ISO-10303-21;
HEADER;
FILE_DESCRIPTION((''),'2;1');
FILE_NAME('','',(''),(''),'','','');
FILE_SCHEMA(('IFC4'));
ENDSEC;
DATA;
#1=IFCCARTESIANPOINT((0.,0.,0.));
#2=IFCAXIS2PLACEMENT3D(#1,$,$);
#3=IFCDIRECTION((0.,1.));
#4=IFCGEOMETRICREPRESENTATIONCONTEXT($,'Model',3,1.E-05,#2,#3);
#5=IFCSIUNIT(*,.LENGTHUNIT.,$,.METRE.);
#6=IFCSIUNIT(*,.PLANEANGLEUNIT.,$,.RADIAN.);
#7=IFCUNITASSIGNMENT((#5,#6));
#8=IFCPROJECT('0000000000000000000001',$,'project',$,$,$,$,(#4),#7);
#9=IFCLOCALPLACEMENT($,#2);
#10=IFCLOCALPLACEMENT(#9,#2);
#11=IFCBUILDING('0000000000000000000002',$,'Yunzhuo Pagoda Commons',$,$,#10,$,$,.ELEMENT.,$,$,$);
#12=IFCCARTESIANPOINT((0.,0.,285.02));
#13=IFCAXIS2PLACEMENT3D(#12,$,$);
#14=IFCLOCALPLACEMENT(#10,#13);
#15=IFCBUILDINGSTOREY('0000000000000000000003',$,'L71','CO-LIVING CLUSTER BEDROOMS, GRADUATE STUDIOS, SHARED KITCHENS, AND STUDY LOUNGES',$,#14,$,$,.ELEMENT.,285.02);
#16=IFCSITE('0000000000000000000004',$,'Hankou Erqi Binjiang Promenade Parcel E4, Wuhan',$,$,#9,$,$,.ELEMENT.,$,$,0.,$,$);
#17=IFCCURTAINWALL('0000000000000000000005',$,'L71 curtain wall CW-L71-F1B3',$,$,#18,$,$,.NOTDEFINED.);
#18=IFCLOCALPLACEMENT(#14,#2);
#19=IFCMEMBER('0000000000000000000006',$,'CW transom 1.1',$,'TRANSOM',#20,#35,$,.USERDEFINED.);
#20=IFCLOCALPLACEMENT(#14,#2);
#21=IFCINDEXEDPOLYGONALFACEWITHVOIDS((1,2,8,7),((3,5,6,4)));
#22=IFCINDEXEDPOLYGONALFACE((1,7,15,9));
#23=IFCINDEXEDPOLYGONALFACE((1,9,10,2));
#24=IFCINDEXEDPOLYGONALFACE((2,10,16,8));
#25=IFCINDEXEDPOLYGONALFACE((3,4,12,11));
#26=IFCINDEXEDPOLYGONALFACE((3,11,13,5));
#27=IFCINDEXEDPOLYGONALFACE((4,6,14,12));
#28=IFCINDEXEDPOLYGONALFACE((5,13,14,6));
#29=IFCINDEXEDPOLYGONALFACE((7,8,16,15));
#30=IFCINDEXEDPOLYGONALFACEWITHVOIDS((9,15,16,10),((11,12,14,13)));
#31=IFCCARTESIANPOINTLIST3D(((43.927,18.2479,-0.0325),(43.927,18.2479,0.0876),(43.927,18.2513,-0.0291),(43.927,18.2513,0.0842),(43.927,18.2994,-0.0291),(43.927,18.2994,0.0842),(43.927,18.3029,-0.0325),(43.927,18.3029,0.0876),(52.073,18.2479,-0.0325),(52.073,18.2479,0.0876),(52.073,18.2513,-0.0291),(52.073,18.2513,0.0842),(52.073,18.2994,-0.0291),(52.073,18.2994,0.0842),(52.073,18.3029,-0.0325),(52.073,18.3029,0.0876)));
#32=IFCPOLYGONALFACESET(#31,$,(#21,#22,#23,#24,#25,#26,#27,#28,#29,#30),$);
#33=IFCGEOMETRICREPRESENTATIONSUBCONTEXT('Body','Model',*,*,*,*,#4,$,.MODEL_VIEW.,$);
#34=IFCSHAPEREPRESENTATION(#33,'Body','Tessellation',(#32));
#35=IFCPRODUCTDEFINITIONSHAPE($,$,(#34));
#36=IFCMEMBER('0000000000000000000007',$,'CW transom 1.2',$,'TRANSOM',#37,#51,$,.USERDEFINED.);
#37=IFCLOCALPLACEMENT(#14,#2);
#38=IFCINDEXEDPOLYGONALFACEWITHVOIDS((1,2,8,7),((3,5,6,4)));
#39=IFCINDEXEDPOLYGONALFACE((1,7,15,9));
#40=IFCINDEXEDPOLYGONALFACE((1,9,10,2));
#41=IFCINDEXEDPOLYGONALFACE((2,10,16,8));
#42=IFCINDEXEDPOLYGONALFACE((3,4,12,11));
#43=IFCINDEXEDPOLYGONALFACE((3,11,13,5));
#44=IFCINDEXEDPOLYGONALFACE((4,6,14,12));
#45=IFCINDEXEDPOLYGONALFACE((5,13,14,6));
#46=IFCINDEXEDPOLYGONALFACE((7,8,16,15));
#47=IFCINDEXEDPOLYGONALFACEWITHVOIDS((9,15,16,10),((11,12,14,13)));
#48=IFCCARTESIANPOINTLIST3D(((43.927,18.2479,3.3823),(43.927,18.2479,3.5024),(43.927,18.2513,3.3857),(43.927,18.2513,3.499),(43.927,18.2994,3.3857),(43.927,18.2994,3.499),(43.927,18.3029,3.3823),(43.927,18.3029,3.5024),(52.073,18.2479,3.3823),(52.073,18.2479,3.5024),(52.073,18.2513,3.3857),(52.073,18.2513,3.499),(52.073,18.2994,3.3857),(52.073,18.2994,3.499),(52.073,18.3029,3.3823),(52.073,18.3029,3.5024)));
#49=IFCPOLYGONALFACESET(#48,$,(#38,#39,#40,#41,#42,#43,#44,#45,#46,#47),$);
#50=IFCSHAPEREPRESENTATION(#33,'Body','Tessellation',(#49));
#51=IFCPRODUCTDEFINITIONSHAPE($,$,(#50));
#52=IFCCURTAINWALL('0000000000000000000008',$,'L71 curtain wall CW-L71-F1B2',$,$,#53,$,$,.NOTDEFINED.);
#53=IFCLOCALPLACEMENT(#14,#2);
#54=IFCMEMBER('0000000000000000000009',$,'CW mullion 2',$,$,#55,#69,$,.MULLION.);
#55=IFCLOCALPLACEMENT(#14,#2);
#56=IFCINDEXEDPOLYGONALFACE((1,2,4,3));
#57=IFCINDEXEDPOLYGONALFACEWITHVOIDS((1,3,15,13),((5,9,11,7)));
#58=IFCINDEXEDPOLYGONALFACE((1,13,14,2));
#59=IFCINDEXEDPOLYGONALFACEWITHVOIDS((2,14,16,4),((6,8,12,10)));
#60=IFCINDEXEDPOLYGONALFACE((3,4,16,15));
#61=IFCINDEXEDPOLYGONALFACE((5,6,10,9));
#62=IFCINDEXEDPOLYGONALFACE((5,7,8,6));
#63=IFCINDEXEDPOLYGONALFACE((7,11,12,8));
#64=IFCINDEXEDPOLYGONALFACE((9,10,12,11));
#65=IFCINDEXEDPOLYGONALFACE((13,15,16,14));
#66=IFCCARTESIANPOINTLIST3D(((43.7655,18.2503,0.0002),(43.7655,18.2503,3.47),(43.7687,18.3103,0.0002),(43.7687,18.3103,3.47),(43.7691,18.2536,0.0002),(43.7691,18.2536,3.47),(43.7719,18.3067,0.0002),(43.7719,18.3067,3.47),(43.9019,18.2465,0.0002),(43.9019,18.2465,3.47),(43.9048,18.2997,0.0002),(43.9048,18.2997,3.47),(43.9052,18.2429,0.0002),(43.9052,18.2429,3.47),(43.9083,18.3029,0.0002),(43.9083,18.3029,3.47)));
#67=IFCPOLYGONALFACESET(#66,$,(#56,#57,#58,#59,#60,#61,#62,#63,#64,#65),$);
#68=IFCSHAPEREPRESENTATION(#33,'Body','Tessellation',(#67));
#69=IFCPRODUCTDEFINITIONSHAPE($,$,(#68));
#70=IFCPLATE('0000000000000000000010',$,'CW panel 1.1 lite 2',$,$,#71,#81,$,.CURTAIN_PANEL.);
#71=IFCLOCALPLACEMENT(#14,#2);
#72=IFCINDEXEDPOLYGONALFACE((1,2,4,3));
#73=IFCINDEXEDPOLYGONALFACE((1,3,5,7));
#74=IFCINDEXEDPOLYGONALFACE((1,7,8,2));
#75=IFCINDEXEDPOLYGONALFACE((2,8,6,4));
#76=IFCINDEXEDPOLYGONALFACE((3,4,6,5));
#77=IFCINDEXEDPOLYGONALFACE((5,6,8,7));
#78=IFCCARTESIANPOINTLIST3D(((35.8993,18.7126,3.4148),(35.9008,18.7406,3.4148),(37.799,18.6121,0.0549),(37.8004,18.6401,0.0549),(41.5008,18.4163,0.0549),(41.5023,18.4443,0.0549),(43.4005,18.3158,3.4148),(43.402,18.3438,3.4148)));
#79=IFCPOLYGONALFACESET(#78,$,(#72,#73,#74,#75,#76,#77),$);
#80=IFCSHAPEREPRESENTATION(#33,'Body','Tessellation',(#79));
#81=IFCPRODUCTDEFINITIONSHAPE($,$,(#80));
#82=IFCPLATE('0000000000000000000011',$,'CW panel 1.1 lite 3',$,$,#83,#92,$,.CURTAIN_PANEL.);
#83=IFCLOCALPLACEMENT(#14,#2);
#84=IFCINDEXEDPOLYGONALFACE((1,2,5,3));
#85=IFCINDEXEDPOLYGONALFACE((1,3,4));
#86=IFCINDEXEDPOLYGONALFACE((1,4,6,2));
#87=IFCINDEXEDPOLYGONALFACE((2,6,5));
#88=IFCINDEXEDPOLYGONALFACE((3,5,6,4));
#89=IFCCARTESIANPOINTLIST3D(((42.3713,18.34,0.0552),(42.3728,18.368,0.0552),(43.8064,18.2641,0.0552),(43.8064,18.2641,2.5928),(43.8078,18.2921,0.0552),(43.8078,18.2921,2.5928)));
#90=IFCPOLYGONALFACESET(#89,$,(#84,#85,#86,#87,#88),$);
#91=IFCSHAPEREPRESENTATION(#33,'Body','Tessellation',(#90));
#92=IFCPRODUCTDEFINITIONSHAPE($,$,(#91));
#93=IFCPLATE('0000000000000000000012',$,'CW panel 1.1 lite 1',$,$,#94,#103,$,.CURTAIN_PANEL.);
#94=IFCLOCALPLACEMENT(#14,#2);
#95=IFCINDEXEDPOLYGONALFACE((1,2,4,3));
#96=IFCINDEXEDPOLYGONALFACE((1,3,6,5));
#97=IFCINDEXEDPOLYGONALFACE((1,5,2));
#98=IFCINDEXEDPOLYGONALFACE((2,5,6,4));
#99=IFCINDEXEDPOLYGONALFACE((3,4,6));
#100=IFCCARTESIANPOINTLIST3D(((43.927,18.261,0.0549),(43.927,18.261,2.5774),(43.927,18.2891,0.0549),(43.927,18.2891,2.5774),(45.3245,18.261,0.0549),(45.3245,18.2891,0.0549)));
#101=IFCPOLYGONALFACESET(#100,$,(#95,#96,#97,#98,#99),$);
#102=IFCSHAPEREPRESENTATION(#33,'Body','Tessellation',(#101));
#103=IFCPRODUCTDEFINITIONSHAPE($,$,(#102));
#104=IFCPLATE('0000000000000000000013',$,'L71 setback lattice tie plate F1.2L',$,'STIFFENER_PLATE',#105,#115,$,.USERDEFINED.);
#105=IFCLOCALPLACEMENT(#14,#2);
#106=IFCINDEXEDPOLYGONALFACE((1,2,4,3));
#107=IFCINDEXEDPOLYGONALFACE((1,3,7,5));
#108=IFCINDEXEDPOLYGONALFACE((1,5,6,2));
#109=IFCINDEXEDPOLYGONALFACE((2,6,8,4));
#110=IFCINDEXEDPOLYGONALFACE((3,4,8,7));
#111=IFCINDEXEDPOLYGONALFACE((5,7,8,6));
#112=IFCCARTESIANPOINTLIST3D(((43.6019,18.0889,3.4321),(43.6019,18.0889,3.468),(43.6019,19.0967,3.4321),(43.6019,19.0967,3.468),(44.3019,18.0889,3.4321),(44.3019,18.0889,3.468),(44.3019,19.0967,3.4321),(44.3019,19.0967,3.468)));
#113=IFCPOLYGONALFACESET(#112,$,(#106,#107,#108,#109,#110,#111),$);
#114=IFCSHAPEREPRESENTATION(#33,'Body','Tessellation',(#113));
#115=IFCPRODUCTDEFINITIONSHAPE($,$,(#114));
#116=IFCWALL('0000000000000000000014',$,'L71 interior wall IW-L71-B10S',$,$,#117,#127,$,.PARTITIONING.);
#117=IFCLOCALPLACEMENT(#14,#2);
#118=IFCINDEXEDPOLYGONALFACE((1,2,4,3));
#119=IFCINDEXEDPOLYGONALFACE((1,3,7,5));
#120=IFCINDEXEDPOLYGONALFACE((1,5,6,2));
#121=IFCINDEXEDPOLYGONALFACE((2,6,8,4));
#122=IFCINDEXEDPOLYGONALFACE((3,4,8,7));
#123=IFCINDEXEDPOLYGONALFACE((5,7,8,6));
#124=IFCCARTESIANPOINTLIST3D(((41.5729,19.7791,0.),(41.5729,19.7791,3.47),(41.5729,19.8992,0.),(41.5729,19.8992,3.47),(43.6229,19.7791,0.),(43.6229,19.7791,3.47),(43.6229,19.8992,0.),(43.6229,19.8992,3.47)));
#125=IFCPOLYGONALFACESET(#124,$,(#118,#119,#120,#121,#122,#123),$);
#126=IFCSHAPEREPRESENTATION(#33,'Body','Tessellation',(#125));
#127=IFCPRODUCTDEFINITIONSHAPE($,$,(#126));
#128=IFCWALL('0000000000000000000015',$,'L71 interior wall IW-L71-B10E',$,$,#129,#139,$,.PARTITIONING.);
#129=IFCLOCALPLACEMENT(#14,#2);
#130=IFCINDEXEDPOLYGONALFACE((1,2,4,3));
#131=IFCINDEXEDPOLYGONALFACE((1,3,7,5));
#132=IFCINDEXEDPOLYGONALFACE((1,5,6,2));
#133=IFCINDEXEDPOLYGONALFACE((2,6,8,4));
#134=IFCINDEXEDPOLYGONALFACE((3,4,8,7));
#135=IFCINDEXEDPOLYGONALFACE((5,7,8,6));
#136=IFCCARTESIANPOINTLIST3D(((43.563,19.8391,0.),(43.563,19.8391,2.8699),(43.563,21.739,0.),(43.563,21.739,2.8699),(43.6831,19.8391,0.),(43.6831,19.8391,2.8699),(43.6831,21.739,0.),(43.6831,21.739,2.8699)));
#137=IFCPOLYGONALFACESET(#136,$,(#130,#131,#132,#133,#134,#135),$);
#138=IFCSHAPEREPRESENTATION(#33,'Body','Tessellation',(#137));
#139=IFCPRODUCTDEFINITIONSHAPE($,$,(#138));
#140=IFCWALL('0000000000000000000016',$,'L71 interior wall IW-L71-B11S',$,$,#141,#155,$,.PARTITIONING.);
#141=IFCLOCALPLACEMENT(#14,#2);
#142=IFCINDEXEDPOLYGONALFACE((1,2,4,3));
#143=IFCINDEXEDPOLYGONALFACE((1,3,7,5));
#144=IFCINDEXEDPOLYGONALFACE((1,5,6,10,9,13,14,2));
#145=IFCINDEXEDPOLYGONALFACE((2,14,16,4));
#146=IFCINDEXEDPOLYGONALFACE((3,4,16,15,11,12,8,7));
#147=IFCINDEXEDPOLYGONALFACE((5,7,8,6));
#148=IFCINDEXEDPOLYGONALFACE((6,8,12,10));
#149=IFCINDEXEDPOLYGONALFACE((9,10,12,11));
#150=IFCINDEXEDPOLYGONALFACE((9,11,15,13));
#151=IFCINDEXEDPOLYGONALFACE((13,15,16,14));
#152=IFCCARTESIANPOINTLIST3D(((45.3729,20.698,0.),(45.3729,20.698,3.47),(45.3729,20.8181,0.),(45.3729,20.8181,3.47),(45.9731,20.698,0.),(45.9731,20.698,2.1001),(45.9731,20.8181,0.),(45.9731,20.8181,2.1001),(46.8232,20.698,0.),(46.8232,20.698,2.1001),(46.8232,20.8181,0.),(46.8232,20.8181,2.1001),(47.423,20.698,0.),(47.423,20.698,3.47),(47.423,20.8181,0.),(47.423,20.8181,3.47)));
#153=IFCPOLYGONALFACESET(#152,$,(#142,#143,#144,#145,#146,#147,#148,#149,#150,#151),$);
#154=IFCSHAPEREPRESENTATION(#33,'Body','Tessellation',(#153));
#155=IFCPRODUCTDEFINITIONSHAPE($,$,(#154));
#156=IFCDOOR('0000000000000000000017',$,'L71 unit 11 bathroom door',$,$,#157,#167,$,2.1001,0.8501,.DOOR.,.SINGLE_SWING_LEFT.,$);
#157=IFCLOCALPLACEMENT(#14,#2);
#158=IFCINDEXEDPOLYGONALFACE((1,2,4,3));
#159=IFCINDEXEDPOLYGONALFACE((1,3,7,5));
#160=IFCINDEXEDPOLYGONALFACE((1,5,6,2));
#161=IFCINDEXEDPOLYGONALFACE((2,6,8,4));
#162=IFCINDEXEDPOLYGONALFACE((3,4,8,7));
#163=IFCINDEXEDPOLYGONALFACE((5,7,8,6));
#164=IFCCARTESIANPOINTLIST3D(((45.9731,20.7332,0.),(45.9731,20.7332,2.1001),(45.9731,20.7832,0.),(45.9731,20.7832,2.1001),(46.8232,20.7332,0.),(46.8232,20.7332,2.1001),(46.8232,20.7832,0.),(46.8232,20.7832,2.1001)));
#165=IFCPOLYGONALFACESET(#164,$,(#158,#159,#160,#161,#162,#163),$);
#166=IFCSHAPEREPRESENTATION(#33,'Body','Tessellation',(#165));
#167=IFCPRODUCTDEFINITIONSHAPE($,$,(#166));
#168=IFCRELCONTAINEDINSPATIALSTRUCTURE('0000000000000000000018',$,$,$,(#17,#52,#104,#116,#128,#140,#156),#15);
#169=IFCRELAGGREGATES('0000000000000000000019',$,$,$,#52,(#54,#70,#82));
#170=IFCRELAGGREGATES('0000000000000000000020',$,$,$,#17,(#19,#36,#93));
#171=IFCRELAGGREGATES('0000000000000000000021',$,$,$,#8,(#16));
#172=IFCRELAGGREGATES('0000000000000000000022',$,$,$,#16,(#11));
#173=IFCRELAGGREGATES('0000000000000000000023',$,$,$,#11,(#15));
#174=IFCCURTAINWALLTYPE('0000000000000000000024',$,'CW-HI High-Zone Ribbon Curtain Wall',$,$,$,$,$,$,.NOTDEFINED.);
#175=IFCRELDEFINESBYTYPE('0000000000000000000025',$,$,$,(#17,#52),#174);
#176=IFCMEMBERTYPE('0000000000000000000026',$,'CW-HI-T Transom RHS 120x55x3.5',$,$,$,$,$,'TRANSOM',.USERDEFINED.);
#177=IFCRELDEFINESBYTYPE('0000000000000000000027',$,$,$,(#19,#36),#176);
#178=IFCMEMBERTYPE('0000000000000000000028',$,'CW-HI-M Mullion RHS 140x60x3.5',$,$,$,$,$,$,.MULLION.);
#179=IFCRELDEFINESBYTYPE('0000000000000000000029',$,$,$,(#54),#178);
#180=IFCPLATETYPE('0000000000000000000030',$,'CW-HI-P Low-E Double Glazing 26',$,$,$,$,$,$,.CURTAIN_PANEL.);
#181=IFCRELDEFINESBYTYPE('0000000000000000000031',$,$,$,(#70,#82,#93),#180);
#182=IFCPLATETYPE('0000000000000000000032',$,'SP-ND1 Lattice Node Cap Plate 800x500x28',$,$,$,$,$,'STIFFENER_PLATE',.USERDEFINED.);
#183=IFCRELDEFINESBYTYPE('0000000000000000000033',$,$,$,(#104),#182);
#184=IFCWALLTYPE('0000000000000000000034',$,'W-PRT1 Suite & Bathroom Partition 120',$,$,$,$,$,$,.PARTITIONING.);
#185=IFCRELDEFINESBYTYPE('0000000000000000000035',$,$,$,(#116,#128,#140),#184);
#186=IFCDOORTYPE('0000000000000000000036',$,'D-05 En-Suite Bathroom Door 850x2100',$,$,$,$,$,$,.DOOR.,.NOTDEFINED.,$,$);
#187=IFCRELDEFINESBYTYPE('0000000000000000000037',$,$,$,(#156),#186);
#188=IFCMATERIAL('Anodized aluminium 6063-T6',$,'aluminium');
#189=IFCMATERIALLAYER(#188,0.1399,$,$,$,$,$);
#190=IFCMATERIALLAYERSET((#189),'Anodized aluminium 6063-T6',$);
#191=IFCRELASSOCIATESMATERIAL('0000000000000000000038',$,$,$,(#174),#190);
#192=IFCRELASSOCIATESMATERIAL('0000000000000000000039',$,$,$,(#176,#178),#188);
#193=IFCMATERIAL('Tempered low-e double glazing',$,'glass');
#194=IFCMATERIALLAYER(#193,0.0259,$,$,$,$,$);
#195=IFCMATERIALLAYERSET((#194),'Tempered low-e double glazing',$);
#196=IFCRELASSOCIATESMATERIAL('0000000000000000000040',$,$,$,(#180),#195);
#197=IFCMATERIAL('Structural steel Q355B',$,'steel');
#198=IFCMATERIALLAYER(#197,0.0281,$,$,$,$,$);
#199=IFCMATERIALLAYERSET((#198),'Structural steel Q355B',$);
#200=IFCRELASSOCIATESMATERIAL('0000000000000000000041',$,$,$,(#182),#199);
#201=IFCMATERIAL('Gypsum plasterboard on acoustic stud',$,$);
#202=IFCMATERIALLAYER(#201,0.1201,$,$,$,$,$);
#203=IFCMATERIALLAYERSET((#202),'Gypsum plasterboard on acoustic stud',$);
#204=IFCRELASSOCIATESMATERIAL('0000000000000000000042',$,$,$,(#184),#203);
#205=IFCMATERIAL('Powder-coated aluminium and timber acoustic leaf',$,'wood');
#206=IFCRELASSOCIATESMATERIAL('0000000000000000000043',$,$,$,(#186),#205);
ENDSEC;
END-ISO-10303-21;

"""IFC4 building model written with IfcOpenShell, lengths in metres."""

from ifc_helpers import new_model, si_unit, direction, frame, frame_2d, origin, origin_2d, place, context, subcontext, project, spatial, polyline, rectangle, hollow_rectangle, outline, extrude, source, transform, mapped, material, layer, layer_set, material_profile, profile_set, type_object, element, fill, aggregate, save


model = new_model("IFC4")

# Units and contexts
model_context = context("Model", 3, precision=1e-05, world=origin(), true_north=direction((0.0, 1.0)))
body_context = subcontext(model_context, "Body", "Model", "MODEL_VIEW")
ifc_project = project(units=[si_unit("LENGTHUNIT", "METRE"), si_unit("PLANEANGLEUNIT", "RADIAN")], contexts=[model_context])

# Site, building, storey
site_placement = place(None, origin())
site = spatial("IfcSite", under=ifc_project, at=site_placement, Name="Hankou Erqi Binjiang Promenade Parcel E4, Wuhan", CompositionType="ELEMENT", RefElevation=0.0)
building_placement = place(site_placement, origin())
building = spatial("IfcBuilding", under=site, at=building_placement, Name="Yunzhuo Pagoda Commons", CompositionType="ELEMENT")
storey_placement = place(building_placement, frame((0.0, 0.0, 285.02)))
storey = spatial("IfcBuildingStorey", under=building, at=storey_placement, Name="L71", Description="CO-LIVING CLUSTER BEDROOMS, GRADUATE STUDIOS, SHARED KITCHENS, AND STUDY LOUNGES", CompositionType="ELEMENT", Elevation=285.02)

# Shared definitions
ifc_material_1 = material(Name="Structural steel Q355B", Category="steel")

# Curtain wall, members
ifc_material_2 = material(Name="Anodized aluminium 6063-T6", Category="aluminium")
ifc_layer_1 = layer(ifc_material_2, 0.1399)
ifc_layer_set_1 = layer_set([ifc_layer_1], Name="Anodized aluminium 6063-T6")
curtain_wall_type = type_object("IfcCurtainWallType", Name="CW-HI High-Zone Ribbon Curtain Wall", PredefinedType="NOTDEFINED", material=ifc_layer_set_1)
curtain_wall_1_placement = place(storey_placement, origin())
curtain_wall_1 = element("IfcCurtainWall", 1, at=curtain_wall_1_placement, inside=storey, type_object=curtain_wall_type, Name="L71 curtain wall CW-L71-F1B3", PredefinedType="NOTDEFINED")
ifc_material_profile_1 = material_profile(ifc_material_2, hollow_rectangle(XDim=0.0549, YDim=0.1201, WallThickness=0.0034, at=origin_2d()), Name="Anodized aluminium 6063-T6")
ifc_profile_set_1 = profile_set([ifc_material_profile_1], Name="Anodized aluminium 6063-T6")
member_type_1 = type_object("IfcMemberType", Name="CW-HI-T Transom RHS 120x55x3.5", ElementType="TRANSOM", PredefinedType="USERDEFINED", material=ifc_profile_set_1)
shared_shape_1 = source(origin(), body_context, "Body", "SweptSolid", [
    extrude(hollow_rectangle(XDim=0.0549, YDim=0.1201, WallThickness=0.0034, at=origin_2d()), origin(), (0.0, 0.0, 1.0), 8.146),
])
member_1_placement = place(storey_placement, frame((43.927, 18.2754, 0.0276), z_axis=(1.0, 0.0, 0.0), x_axis=(0.0, 1.0, 0.0)))
member_1 = element("IfcMember", 2, at=member_1_placement, type_object=member_type_1, Name="CW transom 1.1", ObjectType="TRANSOM", PredefinedType="USERDEFINED", context=body_context, shape_type="MappedRepresentation", body=[
    mapped(shared_shape_1, transform((0.0, 0.0, 0.0), scale=1.0)),
])
member_2_placement = place(storey_placement, frame((43.927, 18.2754, 3.4424), z_axis=(1.0, 0.0, 0.0), x_axis=(0.0, 1.0, 0.0)))
member_2 = element("IfcMember", 3, at=member_2_placement, type_object=member_type_1, Name="CW transom 1.2", ObjectType="TRANSOM", PredefinedType="USERDEFINED", context=body_context, shape_type="MappedRepresentation", body=[
    mapped(shared_shape_1, transform((0.0, 0.0, 0.0), scale=1.0)),
])

# Curtain wall, member, plates
curtain_wall_2_placement = place(storey_placement, origin())
curtain_wall_2 = element("IfcCurtainWall", 4, at=curtain_wall_2_placement, inside=storey, type_object=curtain_wall_type, Name="L71 curtain wall CW-L71-F1B2", PredefinedType="NOTDEFINED")
ifc_material_profile_2 = material_profile(ifc_material_2, hollow_rectangle(XDim=0.0601, YDim=0.1399, WallThickness=0.0034, at=origin_2d()), Name="Anodized aluminium 6063-T6")
ifc_profile_set_2 = profile_set([ifc_material_profile_2], Name="Anodized aluminium 6063-T6")
member_type_2 = type_object("IfcMemberType", Name="CW-HI-M Mullion RHS 140x60x3.5", PredefinedType="MULLION", material=ifc_profile_set_2)
shared_shape_2 = source(origin(), body_context, "Body", "SweptSolid", [
    extrude(hollow_rectangle(XDim=0.0601, YDim=0.1399, WallThickness=0.0034, at=origin_2d()), origin(), (0.0, 0.0, 1.0), 3.4697),
])
member_3_placement = place(storey_placement, frame((43.8369, 18.2766, 0.0002), z_axis=(0.0, 0.0, 1.0), x_axis=(0.052822, 0.998604, 0.0)))
member_3 = element("IfcMember", 5, at=member_3_placement, type_object=member_type_2, Name="CW mullion 2", PredefinedType="MULLION", context=body_context, shape_type="MappedRepresentation", body=[
    mapped(shared_shape_2, transform((0.0, 0.0, 0.0), scale=1.0)),
])
ifc_material_3 = material(Name="Tempered low-e double glazing", Category="glass")
ifc_layer_2 = layer(ifc_material_3, 0.0259)
ifc_layer_set_2 = layer_set([ifc_layer_2], Name="Tempered low-e double glazing")
plate_type_1 = type_object("IfcPlateType", Name="CW-HI-P Low-E Double Glazing 26", PredefinedType="CURTAIN_PANEL", material=ifc_layer_set_2)
plate_1_placement = place(storey_placement, frame((39.6514, 18.5422, 1.7349), z_axis=(-0.052822, -0.998604, 0.0), x_axis=(0.998604, -0.052822, 0.0)))
plate_1 = element("IfcPlate", 6, at=plate_1_placement, type_object=plate_type_1, Name="CW panel 1.1 lite 2", PredefinedType="CURTAIN_PANEL", context=body_context, shape_type="SweptSolid", body=[
    extrude(outline(polyline([(-3.7559, 1.6799), (-1.8535, -1.6799), (1.8535, -1.6799), (3.7559, 1.6799), (-3.7559, 1.6799)])), origin(), (0.0, 0.0, 1.0), 0.0281),
])
plate_2_placement = place(storey_placement, frame((43.0903, 18.3301, 1.324), z_axis=(-0.052822, -0.998604, 0.0), x_axis=(0.998604, -0.052822, 0.0)))
plate_2 = element("IfcPlate", 7, at=plate_2_placement, type_object=plate_type_1, Name="CW panel 1.1 lite 3", PredefinedType="CURTAIN_PANEL", context=body_context, shape_type="SweptSolid", body=[
    extrude(outline(polyline([(-0.7185, -1.2688), (0.7185, -1.2688), (0.7185, 1.2688), (-0.7185, -1.2688)])), origin(), (0.0, 0.0, 1.0), 0.0281),
])
aggregate(curtain_wall_2, [member_3, plate_1, plate_2])

# Plates
plate_3_placement = place(storey_placement, frame((44.6257, 18.2891, 1.3162), z_axis=(0.0, -1.0, 0.0), x_axis=(1.0, 0.0, 0.0)))
plate_3 = element("IfcPlate", 8, at=plate_3_placement, type_object=plate_type_1, Name="CW panel 1.1 lite 1", PredefinedType="CURTAIN_PANEL", context=body_context, shape_type="SweptSolid", body=[
    extrude(outline(polyline([(-0.6987, -1.2612), (0.6987, -1.2612), (-0.6987, 1.2612), (-0.6987, -1.2612)])), origin(), (0.0, 0.0, 1.0), 0.0281),
])
aggregate(curtain_wall_1, [member_1, member_2, plate_3])
ifc_layer_3 = layer(ifc_material_1, 0.0281)
ifc_layer_set_3 = layer_set([ifc_layer_3], Name="Structural steel Q355B")
plate_type_2 = type_object("IfcPlateType", Name="SP-ND1 Lattice Node Cap Plate 800x500x28", ElementType="STIFFENER_PLATE", PredefinedType="USERDEFINED", material=ifc_layer_set_3)
shared_shape_3 = source(origin(), body_context, "Body", "SweptSolid", [
    extrude(rectangle(XDim=0.7, YDim=1.0078, at=origin_2d()), origin(), (0.0, 0.0, 1.0), 0.0359),
])
plate_4_placement = place(storey_placement, frame((43.9519, 18.5928, 3.4321), z_axis=(0.0, 0.0, 1.0), x_axis=(1.0, 0.0, 0.0)))
element("IfcPlate", 9, at=plate_4_placement, inside=storey, type_object=plate_type_2, Name="L71 setback lattice tie plate F1.2L", ObjectType="STIFFENER_PLATE", PredefinedType="USERDEFINED", context=body_context, shape_type="MappedRepresentation", body=[
    mapped(shared_shape_3, transform((0.0, 0.0, 0.0), scale=1.0)),
])

# Walls
ifc_material_4 = material(Name="Gypsum plasterboard on acoustic stud")
ifc_layer_4 = layer(ifc_material_4, 0.1201)
ifc_layer_set_4 = layer_set([ifc_layer_4], Name="Gypsum plasterboard on acoustic stud")
wall_type = type_object("IfcWallType", Name="W-PRT1 Suite & Bathroom Partition 120", PredefinedType="PARTITIONING", material=ifc_layer_set_4)
wall_1_placement = place(storey_placement, frame((41.573, 19.8391, 0.0), z_axis=(0.0, 0.0, 1.0), x_axis=(1.0, 0.0, 0.0)))
element("IfcWall", 10, at=wall_1_placement, inside=storey, type_object=wall_type, Name="L71 interior wall IW-L71-B10S", PredefinedType="PARTITIONING", context=body_context, shape_type="SweptSolid", body=[
    extrude(rectangle(XDim=2.05, YDim=0.1201, at=frame_2d((1.0249, 0.0))), origin(), (0.0, 0.0, 1.0), 3.47),
])
wall_2_placement = place(storey_placement, frame((43.623, 19.8391, 0.0), z_axis=(0.0, 0.0, 1.0), x_axis=(0.0, 1.0, 0.0)))
element("IfcWall", 11, at=wall_2_placement, inside=storey, type_object=wall_type, Name="L71 interior wall IW-L71-B10E", PredefinedType="PARTITIONING", context=body_context, shape_type="SweptSolid", body=[
    extrude(rectangle(XDim=1.8999, YDim=0.1201, at=frame_2d((0.95, 0.0))), origin(), (0.0, 0.0, 1.0), 2.8699),
])

# Wall, opening, door
wall_3_placement = place(storey_placement, frame((45.373, 20.7581, 0.0), z_axis=(0.0, 0.0, 1.0), x_axis=(1.0, 0.0, 0.0)))
wall_3 = element("IfcWall", 12, at=wall_3_placement, inside=storey, type_object=wall_type, Name="L71 interior wall IW-L71-B11S", PredefinedType="PARTITIONING", context=body_context, shape_type="SweptSolid", body=[
    extrude(rectangle(XDim=2.05, YDim=0.1201, at=frame_2d((1.0249, 0.0))), origin(), (0.0, 0.0, 1.0), 3.47),
])
opening_placement = place(wall_3_placement, frame((0.6001, 0.0, 0.0)))
opening = element("IfcOpeningElement", 13, at=opening_placement, cuts=wall_3, PredefinedType="OPENING", context=body_context, shape_type="SweptSolid", body=[
    extrude(rectangle(XDim=0.8501, YDim=2.1001, at=frame_2d((0.425, 1.05))), frame((0.0, 0.0701, 0.0), z_axis=(0.0, -1.0, 0.0), x_axis=(1.0, 0.0, 0.0)), (0.0, 0.0, 1.0), 0.1401),
])
ifc_material_5 = material(Name="Powder-coated aluminium and timber acoustic leaf", Category="wood")
door_type = type_object("IfcDoorType", Name="D-05 En-Suite Bathroom Door 850x2100", OperationType="NOTDEFINED", PredefinedType="DOOR", material=ifc_material_5)
shared_shape_4 = source(origin(), body_context, "Body", "SweptSolid", [
    extrude(rectangle(XDim=0.8501, YDim=2.1001, at=frame_2d((0.425, 1.05))), frame((0.0, 0.0249, 0.0), z_axis=(0.0, -1.0, 0.0), x_axis=(1.0, 0.0, 0.0)), (0.0, 0.0, 1.0), 0.05),
])
door_placement = place(opening_placement, frame((0.8501, 0.0, 0.0), z_axis=(0.0, 0.0, 1.0), x_axis=(-1.0, 0.0, 0.0)))
door = element("IfcDoor", 14, at=door_placement, inside=storey, type_object=door_type, Name="L71 unit 11 bathroom door", OperationType="SINGLE_SWING_LEFT", OverallHeight=2.1001, OverallWidth=0.8501, PredefinedType="DOOR", context=body_context, shape_type="MappedRepresentation", body=[
    mapped(shared_shape_4, transform((0.0, 0.0, 0.0), scale=1.0)),
])
fill(opening, door)

save(model, "model.ifc")
